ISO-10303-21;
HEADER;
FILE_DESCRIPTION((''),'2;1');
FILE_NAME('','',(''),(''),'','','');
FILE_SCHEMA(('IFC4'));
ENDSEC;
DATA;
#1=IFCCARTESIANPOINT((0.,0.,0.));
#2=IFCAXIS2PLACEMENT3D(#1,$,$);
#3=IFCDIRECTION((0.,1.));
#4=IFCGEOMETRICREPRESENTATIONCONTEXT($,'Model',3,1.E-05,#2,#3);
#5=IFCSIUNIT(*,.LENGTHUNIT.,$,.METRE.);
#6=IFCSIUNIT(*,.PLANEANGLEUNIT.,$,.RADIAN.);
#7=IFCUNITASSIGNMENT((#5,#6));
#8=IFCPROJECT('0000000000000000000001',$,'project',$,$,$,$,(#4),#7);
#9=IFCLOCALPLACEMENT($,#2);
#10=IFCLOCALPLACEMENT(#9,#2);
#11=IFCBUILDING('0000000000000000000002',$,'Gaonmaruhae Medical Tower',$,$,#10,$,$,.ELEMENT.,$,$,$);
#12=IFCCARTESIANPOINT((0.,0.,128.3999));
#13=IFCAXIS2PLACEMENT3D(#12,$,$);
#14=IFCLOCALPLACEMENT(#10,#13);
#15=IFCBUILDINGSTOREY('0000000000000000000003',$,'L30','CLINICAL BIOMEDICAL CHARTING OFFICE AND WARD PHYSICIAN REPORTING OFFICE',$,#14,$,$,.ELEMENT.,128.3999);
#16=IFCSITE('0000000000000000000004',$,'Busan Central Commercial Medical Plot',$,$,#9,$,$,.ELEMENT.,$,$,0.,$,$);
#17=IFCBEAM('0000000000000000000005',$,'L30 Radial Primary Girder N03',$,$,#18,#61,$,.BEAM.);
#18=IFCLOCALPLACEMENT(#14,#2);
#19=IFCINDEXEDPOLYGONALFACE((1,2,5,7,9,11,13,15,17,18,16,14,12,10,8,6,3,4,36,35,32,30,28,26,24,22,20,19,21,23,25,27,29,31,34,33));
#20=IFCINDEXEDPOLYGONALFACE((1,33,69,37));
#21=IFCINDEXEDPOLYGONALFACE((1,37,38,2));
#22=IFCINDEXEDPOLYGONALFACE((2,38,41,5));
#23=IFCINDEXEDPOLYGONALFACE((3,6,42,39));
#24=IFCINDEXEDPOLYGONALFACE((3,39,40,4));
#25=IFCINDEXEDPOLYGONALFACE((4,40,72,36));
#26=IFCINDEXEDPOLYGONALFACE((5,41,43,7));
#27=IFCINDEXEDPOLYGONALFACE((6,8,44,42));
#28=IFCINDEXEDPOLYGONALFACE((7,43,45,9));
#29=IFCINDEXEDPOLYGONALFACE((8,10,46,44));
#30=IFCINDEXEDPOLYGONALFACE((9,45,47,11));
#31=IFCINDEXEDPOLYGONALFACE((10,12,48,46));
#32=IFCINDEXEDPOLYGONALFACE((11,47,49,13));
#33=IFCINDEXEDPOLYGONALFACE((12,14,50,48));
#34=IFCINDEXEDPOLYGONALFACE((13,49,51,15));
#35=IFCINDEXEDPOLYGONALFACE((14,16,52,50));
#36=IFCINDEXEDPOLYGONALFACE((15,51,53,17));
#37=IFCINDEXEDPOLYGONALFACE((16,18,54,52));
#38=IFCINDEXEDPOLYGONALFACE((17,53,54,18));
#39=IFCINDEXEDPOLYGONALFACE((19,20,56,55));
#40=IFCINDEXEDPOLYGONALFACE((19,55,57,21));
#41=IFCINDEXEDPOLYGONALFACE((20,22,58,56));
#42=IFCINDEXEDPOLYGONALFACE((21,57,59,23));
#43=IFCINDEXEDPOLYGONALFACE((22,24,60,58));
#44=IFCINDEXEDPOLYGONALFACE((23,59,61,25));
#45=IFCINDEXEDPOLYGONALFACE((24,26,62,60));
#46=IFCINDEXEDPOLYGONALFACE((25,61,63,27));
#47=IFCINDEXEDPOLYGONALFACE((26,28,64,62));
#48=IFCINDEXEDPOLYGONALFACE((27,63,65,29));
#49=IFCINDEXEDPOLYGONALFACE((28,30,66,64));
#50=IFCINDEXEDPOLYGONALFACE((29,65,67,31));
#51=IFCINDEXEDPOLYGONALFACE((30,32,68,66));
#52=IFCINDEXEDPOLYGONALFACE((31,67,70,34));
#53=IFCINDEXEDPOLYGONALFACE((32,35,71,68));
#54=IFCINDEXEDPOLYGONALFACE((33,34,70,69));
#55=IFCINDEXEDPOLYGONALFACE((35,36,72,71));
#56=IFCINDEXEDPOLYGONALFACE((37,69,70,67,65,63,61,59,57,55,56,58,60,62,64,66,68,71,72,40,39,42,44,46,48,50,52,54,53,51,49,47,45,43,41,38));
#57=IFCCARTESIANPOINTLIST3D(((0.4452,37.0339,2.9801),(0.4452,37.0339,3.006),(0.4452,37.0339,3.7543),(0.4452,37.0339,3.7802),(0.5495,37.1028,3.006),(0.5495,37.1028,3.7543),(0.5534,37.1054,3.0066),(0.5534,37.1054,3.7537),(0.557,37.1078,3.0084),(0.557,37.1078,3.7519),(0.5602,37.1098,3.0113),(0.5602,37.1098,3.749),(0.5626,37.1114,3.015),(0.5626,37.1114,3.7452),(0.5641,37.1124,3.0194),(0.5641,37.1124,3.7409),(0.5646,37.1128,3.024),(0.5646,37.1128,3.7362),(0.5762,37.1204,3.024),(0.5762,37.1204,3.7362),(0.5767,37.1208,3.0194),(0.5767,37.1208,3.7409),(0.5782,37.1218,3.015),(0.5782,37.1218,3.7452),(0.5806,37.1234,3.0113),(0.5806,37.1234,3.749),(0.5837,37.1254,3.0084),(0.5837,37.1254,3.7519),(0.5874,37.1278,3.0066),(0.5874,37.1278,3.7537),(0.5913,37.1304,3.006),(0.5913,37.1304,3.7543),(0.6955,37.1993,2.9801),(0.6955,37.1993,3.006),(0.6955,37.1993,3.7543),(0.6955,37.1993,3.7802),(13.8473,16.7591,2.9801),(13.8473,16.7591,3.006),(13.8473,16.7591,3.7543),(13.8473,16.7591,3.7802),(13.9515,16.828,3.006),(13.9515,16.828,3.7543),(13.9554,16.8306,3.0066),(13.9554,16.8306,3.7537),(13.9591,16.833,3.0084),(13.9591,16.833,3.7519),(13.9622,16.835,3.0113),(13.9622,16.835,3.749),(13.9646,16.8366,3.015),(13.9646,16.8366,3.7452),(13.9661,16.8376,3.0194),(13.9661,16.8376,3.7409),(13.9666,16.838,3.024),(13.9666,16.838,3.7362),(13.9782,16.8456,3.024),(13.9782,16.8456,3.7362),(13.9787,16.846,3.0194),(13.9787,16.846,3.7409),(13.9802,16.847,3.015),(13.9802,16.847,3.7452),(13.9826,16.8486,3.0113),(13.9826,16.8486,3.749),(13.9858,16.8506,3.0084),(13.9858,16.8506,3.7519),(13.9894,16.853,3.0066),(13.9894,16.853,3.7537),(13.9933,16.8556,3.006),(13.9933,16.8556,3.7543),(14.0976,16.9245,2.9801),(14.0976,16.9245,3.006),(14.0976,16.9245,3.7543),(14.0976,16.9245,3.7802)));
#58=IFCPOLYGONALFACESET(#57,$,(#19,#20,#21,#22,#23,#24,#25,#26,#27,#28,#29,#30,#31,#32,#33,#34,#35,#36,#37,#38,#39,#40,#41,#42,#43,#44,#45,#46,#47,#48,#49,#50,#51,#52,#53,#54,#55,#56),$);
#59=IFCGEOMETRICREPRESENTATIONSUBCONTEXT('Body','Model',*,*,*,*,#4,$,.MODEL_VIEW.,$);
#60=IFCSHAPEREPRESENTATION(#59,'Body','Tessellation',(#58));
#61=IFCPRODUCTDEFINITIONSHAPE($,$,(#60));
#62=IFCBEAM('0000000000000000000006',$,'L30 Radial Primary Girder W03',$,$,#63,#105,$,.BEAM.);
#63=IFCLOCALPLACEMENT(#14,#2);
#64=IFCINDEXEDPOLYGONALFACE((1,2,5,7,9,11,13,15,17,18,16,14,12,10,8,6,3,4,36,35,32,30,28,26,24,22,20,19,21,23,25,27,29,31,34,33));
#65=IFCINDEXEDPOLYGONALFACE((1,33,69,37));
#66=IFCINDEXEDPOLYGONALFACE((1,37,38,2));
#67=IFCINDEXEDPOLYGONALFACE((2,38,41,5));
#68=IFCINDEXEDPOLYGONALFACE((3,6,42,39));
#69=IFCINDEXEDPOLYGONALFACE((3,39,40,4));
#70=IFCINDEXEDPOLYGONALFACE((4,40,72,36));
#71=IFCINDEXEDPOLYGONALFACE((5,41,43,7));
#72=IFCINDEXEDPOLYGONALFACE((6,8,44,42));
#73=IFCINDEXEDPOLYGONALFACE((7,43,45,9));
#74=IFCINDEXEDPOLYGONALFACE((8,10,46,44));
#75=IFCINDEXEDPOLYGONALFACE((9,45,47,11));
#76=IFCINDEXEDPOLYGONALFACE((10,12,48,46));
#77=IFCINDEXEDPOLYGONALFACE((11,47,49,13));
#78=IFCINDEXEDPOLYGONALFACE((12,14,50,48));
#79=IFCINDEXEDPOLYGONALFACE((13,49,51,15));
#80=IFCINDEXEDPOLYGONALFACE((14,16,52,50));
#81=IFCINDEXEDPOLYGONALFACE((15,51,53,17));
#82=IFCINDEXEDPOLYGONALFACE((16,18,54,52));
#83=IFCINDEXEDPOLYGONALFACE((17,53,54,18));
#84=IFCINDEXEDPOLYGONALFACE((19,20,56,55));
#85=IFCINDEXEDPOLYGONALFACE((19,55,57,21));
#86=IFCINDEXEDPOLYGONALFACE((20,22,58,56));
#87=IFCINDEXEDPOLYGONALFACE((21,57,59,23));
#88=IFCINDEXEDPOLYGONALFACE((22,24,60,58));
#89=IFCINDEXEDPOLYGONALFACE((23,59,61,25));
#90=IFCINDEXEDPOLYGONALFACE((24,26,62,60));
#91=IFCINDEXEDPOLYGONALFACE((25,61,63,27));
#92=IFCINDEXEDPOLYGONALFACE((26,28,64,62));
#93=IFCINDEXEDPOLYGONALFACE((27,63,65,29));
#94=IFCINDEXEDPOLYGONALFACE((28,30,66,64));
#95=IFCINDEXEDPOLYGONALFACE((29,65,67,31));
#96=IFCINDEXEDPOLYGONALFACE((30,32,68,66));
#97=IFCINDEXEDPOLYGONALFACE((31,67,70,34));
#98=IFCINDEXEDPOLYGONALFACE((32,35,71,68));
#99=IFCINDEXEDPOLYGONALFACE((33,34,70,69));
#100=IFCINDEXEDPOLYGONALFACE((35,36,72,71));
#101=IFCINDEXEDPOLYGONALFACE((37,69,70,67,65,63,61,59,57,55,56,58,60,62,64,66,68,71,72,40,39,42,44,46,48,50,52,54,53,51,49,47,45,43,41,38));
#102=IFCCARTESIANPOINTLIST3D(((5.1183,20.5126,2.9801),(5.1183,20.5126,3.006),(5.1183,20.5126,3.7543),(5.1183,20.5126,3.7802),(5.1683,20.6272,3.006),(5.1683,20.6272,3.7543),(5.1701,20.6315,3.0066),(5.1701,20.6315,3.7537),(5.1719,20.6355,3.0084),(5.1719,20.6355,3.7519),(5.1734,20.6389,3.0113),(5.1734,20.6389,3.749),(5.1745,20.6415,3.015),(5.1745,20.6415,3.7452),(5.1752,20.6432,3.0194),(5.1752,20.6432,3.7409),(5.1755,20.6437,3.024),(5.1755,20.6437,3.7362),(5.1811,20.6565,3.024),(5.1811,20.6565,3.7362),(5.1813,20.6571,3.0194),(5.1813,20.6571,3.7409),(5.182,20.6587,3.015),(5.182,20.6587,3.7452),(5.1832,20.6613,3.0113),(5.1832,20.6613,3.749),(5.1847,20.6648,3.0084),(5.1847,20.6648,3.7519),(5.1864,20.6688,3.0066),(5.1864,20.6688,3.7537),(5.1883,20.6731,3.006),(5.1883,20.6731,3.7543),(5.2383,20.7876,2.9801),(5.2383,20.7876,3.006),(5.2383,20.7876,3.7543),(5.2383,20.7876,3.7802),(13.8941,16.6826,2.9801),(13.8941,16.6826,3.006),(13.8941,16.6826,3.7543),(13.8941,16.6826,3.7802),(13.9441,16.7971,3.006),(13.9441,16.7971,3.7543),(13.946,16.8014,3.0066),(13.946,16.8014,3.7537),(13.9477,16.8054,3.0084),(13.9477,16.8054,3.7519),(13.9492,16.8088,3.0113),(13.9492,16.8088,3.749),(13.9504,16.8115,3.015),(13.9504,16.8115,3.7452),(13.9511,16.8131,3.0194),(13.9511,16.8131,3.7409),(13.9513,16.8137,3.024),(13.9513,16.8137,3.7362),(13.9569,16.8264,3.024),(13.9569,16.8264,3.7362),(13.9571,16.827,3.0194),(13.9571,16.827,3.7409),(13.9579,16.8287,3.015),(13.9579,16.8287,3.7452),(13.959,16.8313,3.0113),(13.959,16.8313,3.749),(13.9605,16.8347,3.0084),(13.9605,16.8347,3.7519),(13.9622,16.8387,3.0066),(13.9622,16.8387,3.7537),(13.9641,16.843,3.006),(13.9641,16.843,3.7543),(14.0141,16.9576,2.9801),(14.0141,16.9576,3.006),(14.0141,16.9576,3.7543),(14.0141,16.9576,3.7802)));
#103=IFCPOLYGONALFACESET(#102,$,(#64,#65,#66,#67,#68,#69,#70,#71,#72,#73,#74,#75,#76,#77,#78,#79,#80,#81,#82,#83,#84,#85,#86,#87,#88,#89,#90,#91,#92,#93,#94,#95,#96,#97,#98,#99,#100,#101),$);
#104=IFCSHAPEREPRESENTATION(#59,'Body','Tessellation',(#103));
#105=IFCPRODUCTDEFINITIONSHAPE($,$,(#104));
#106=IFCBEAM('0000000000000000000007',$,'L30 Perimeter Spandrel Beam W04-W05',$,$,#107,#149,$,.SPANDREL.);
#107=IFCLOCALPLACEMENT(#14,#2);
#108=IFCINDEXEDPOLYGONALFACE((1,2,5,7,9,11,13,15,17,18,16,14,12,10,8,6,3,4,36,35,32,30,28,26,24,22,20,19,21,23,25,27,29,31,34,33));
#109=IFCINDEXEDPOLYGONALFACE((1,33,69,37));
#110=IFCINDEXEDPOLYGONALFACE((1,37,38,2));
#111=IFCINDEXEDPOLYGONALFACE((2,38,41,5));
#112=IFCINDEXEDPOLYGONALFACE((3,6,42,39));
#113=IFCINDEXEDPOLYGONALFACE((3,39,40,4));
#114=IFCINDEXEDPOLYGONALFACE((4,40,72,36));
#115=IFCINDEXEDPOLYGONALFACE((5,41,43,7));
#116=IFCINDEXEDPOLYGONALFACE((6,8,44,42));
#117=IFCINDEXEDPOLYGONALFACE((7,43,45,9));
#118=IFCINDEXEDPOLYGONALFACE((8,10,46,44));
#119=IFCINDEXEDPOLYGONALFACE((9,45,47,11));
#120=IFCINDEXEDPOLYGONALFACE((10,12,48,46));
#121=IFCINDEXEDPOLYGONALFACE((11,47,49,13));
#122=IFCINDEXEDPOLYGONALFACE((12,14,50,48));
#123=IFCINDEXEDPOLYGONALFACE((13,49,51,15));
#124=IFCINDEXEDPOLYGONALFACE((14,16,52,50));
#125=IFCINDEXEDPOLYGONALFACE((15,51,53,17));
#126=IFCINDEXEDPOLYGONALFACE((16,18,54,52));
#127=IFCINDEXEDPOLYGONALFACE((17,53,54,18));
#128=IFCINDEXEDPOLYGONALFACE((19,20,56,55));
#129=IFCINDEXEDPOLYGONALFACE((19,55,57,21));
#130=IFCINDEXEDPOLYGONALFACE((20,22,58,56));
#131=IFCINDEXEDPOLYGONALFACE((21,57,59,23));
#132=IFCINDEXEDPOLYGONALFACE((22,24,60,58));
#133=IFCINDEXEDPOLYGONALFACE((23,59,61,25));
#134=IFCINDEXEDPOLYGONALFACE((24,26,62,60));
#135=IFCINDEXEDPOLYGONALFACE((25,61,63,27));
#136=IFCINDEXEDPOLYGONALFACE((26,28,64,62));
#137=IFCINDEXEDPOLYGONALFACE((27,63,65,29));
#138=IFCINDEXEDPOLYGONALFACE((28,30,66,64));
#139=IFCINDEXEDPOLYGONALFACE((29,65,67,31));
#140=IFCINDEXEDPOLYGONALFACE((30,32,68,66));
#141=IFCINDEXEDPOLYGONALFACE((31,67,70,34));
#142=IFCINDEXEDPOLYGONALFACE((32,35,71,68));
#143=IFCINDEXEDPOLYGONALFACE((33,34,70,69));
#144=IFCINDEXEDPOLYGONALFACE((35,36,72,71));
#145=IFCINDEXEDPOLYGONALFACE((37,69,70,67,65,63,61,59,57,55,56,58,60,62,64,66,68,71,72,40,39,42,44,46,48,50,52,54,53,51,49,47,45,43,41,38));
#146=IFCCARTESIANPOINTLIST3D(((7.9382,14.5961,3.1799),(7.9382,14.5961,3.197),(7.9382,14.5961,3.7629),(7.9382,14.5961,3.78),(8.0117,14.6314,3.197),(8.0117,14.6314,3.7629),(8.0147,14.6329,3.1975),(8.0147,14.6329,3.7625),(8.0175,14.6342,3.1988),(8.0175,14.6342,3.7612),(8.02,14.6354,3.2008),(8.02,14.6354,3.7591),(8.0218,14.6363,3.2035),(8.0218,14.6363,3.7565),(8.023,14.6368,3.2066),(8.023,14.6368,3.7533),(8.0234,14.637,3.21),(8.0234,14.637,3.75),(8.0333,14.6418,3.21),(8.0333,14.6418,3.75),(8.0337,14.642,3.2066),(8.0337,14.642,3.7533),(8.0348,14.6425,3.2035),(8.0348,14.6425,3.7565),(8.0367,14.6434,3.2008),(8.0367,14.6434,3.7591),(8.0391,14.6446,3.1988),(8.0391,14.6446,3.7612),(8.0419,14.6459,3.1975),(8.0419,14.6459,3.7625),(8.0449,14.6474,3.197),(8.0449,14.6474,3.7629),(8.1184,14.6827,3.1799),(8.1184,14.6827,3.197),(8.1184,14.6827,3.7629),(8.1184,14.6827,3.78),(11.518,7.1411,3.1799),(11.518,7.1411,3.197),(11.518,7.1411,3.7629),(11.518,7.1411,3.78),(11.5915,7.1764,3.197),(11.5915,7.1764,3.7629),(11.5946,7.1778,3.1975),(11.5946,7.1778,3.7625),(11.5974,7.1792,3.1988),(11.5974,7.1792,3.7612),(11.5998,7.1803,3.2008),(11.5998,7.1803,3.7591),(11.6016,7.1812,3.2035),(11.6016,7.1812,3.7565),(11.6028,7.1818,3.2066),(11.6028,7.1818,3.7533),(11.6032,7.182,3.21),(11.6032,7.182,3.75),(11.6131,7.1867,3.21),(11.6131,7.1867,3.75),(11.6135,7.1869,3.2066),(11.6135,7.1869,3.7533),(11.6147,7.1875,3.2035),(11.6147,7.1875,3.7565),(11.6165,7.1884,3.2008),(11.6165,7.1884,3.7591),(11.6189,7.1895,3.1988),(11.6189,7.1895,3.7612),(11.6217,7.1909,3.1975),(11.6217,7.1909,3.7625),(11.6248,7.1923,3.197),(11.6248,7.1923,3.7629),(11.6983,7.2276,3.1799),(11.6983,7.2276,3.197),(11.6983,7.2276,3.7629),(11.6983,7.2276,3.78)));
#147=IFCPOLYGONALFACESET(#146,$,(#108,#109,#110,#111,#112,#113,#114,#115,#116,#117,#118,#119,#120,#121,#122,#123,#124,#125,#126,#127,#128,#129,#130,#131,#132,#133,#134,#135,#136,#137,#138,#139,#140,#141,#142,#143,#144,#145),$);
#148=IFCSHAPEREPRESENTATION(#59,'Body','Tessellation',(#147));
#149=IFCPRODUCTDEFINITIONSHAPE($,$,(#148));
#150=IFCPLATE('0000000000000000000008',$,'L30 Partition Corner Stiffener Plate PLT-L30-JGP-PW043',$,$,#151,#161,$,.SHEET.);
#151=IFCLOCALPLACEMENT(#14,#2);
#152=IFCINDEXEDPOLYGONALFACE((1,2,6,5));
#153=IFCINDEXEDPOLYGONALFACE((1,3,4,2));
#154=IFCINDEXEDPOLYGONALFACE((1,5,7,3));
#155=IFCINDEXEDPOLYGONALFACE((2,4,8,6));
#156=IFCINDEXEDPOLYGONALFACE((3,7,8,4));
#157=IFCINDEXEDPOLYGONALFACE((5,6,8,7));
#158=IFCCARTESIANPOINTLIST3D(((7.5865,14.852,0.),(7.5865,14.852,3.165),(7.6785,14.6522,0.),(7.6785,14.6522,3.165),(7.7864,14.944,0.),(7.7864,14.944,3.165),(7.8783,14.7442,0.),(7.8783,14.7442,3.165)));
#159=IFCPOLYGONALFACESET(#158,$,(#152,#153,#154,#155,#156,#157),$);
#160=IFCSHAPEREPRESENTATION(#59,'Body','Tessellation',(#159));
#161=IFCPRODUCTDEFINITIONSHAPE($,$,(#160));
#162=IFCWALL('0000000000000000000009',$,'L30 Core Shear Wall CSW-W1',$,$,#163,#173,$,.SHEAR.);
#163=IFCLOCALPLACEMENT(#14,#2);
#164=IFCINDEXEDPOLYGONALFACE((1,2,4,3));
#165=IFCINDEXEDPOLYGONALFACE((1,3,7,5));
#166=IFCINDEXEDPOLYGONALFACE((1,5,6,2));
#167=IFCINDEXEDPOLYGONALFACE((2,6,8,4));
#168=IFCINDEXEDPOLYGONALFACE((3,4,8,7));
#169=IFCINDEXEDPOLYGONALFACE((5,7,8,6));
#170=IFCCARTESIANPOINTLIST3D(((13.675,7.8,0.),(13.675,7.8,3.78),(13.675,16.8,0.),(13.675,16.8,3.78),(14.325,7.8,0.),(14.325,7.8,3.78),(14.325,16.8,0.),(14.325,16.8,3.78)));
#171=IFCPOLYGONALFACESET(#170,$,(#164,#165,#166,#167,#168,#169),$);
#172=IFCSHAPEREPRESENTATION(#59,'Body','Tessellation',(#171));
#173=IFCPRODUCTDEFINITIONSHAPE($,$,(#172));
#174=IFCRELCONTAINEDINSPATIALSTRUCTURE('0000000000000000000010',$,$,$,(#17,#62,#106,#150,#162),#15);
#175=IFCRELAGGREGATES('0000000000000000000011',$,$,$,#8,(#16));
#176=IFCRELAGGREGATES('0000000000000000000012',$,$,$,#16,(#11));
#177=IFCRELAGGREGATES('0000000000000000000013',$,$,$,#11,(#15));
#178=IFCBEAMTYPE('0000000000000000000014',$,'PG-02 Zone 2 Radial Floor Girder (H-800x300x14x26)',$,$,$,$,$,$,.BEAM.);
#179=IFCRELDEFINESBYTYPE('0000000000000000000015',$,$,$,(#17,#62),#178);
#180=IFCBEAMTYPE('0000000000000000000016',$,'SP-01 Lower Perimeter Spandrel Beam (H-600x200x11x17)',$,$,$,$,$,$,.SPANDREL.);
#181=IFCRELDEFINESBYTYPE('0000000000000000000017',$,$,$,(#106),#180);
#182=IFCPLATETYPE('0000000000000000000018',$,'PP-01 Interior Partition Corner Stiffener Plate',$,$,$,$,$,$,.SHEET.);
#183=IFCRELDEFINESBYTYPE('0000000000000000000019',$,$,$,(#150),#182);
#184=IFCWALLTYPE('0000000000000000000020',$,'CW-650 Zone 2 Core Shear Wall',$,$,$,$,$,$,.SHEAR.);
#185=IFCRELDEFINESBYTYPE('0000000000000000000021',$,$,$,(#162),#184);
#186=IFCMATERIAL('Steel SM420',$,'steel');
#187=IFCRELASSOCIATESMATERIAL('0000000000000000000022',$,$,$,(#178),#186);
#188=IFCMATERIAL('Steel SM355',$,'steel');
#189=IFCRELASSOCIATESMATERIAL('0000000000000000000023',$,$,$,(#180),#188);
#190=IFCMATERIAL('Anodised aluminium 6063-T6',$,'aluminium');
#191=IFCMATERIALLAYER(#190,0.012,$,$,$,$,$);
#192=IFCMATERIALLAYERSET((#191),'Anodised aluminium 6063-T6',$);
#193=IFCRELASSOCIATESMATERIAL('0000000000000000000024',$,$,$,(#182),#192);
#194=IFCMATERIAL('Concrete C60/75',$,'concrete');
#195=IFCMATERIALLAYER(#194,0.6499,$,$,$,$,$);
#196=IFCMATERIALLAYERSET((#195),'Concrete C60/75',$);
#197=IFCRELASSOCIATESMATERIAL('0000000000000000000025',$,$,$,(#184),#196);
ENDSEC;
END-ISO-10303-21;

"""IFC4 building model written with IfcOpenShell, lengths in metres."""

from ifc_helpers import new_model, si_unit, direction, frame, frame_2d, origin, origin_2d, place, context, subcontext, project, spatial, rectangle, i_section, extrude, material, layer, layer_set, material_profile, profile_set, type_object, element, save


model = new_model("IFC4")

# Units and contexts
model_context = context("Model", 3, precision=1e-05, world=origin(), true_north=direction((0.0, 1.0)))
body_context = subcontext(model_context, "Body", "Model", "MODEL_VIEW")
ifc_project = project(units=[si_unit("LENGTHUNIT", "METRE"), si_unit("PLANEANGLEUNIT", "RADIAN")], contexts=[model_context])

# Site, building, storey
site_placement = place(None, origin())
site = spatial("IfcSite", under=ifc_project, at=site_placement, Name="Busan Central Commercial Medical Plot", CompositionType="ELEMENT", RefElevation=0.0)
building_placement = place(site_placement, origin())
building = spatial("IfcBuilding", under=site, at=building_placement, Name="Gaonmaruhae Medical Tower", CompositionType="ELEMENT")
storey_placement = place(building_placement, frame((0.0, 0.0, 128.3999)))
storey = spatial("IfcBuildingStorey", under=building, at=storey_placement, Name="L30", Description="CLINICAL BIOMEDICAL CHARTING OFFICE AND WARD PHYSICIAN REPORTING OFFICE", CompositionType="ELEMENT", Elevation=128.3999)

# Shared definitions
ifc_material_1 = material(Name="Concrete C60/75", Category="concrete")

# Beams
ifc_material_2 = material(Name="Steel SM420", Category="steel")
ifc_material_profile_1 = material_profile(ifc_material_2, i_section(OverallWidth=0.3, OverallDepth=0.8, WebThickness=0.0139, FlangeThickness=0.0259, FilletRadius=0.0181, at=origin_2d()), Name="H-800x300x14x26")
ifc_profile_set_1 = profile_set([ifc_material_profile_1], Name="Steel SM420")
beam_type_1 = type_object("IfcBeamType", Name="PG-02 Zone 2 Radial Floor Girder (H-800x300x14x26)", PredefinedType="BEAM", material=ifc_profile_set_1)
beam_1_placement = place(storey_placement, frame((13.9724, 16.8418, 3.3801), z_axis=(-0.551434, 0.834218, 0.0), x_axis=(-0.834218, -0.551434, 0.0)))
element("IfcBeam", 1, at=beam_1_placement, inside=storey, type_object=beam_type_1, Name="L30 Radial Primary Girder N03", PredefinedType="BEAM", context=body_context, shape_type="SweptSolid", body=[
    extrude(i_section(OverallWidth=0.3, OverallDepth=0.8, WebThickness=0.0139, FlangeThickness=0.0259, FilletRadius=0.0181, at=origin_2d()), origin(), (0.0, 0.0, 1.0), 24.304),
])
beam_2_placement = place(storey_placement, frame((13.9541, 16.8201, 3.3801), z_axis=(-0.916516, 0.399997, 0.0), x_axis=(-0.399997, -0.916516, 0.0)))
element("IfcBeam", 2, at=beam_2_placement, inside=storey, type_object=beam_type_1, Name="L30 Radial Primary Girder W03", PredefinedType="BEAM", context=body_context, shape_type="SweptSolid", body=[
    extrude(i_section(OverallWidth=0.3, OverallDepth=0.8, WebThickness=0.0139, FlangeThickness=0.0259, FilletRadius=0.0181, at=origin_2d()), origin(), (0.0, 0.0, 1.0), 9.5752),
])
ifc_material_3 = material(Name="Steel SM355", Category="steel")
ifc_material_profile_2 = material_profile(ifc_material_3, i_section(OverallWidth=0.2, OverallDepth=0.6001, WebThickness=0.011, FlangeThickness=0.0171, FilletRadius=0.0129, at=origin_2d()), Name="H-600x200x11x17")
ifc_profile_set_2 = profile_set([ifc_material_profile_2], Name="Steel SM355")
beam_type_2 = type_object("IfcBeamType", Name="SP-01 Lower Perimeter Spandrel Beam (H-600x200x11x17)", PredefinedType="SPANDREL", material=ifc_profile_set_2)
beam_3_placement = place(storey_placement, frame((8.0283, 14.6394, 3.48), z_axis=(0.432868, -0.901457, 0.0), x_axis=(0.901457, 0.432868, 0.0)))
element("IfcBeam", 3, at=beam_3_placement, inside=storey, type_object=beam_type_2, Name="L30 Perimeter Spandrel Beam W04-W05", PredefinedType="SPANDREL", context=body_context, shape_type="SweptSolid", body=[
    extrude(i_section(OverallWidth=0.2, OverallDepth=0.6001, WebThickness=0.011, FlangeThickness=0.0171, FilletRadius=0.0129, at=origin_2d()), origin(), (0.0, 0.0, 1.0), 8.27),
])

# Plate
ifc_material_4 = material(Name="Anodised aluminium 6063-T6", Category="aluminium")
ifc_layer_1 = layer(ifc_material_4, 0.012)
ifc_layer_set_1 = layer_set([ifc_layer_1], Name="Anodised aluminium 6063-T6")
plate_type = type_object("IfcPlateType", Name="PP-01 Interior Partition Corner Stiffener Plate", PredefinedType="SHEET", material=ifc_layer_set_1)
plate_placement = place(storey_placement, frame((7.7324, 14.7981, 0.0), z_axis=(0.0, 0.0, 1.0), x_axis=(-0.417978, 0.908457, 0.0)))
element("IfcPlate", 4, at=plate_placement, inside=storey, type_object=plate_type, Name="L30 Partition Corner Stiffener Plate PLT-L30-JGP-PW043", PredefinedType="SHEET", context=body_context, shape_type="SweptSolid", body=[
    extrude(rectangle(XDim=0.22, YDim=0.22, at=origin_2d()), origin(), (0.0, 0.0, 1.0), 3.165),
])

# Wall
ifc_layer_2 = layer(ifc_material_1, 0.6499)
ifc_layer_set_2 = layer_set([ifc_layer_2], Name="Concrete C60/75")
wall_type_1 = type_object("IfcWallType", Name="CW-650 Zone 2 Core Shear Wall", PredefinedType="SHEAR", material=ifc_layer_set_2)
wall_1_placement = place(storey_placement, frame((14.0, 16.8, 0.0), z_axis=(0.0, 0.0, 1.0), x_axis=(0.0, -1.0, 0.0)))
element("IfcWall", 5, at=wall_1_placement, inside=storey, type_object=wall_type_1, Name="L30 Core Shear Wall CSW-W1", PredefinedType="SHEAR", context=body_context, shape_type="SweptSolid", body=[
    extrude(rectangle(XDim=9.0, YDim=0.6499, at=frame_2d((4.5, 0.0))), origin(), (0.0, 0.0, 1.0), 3.78),
])

save(model, "model.ifc")
